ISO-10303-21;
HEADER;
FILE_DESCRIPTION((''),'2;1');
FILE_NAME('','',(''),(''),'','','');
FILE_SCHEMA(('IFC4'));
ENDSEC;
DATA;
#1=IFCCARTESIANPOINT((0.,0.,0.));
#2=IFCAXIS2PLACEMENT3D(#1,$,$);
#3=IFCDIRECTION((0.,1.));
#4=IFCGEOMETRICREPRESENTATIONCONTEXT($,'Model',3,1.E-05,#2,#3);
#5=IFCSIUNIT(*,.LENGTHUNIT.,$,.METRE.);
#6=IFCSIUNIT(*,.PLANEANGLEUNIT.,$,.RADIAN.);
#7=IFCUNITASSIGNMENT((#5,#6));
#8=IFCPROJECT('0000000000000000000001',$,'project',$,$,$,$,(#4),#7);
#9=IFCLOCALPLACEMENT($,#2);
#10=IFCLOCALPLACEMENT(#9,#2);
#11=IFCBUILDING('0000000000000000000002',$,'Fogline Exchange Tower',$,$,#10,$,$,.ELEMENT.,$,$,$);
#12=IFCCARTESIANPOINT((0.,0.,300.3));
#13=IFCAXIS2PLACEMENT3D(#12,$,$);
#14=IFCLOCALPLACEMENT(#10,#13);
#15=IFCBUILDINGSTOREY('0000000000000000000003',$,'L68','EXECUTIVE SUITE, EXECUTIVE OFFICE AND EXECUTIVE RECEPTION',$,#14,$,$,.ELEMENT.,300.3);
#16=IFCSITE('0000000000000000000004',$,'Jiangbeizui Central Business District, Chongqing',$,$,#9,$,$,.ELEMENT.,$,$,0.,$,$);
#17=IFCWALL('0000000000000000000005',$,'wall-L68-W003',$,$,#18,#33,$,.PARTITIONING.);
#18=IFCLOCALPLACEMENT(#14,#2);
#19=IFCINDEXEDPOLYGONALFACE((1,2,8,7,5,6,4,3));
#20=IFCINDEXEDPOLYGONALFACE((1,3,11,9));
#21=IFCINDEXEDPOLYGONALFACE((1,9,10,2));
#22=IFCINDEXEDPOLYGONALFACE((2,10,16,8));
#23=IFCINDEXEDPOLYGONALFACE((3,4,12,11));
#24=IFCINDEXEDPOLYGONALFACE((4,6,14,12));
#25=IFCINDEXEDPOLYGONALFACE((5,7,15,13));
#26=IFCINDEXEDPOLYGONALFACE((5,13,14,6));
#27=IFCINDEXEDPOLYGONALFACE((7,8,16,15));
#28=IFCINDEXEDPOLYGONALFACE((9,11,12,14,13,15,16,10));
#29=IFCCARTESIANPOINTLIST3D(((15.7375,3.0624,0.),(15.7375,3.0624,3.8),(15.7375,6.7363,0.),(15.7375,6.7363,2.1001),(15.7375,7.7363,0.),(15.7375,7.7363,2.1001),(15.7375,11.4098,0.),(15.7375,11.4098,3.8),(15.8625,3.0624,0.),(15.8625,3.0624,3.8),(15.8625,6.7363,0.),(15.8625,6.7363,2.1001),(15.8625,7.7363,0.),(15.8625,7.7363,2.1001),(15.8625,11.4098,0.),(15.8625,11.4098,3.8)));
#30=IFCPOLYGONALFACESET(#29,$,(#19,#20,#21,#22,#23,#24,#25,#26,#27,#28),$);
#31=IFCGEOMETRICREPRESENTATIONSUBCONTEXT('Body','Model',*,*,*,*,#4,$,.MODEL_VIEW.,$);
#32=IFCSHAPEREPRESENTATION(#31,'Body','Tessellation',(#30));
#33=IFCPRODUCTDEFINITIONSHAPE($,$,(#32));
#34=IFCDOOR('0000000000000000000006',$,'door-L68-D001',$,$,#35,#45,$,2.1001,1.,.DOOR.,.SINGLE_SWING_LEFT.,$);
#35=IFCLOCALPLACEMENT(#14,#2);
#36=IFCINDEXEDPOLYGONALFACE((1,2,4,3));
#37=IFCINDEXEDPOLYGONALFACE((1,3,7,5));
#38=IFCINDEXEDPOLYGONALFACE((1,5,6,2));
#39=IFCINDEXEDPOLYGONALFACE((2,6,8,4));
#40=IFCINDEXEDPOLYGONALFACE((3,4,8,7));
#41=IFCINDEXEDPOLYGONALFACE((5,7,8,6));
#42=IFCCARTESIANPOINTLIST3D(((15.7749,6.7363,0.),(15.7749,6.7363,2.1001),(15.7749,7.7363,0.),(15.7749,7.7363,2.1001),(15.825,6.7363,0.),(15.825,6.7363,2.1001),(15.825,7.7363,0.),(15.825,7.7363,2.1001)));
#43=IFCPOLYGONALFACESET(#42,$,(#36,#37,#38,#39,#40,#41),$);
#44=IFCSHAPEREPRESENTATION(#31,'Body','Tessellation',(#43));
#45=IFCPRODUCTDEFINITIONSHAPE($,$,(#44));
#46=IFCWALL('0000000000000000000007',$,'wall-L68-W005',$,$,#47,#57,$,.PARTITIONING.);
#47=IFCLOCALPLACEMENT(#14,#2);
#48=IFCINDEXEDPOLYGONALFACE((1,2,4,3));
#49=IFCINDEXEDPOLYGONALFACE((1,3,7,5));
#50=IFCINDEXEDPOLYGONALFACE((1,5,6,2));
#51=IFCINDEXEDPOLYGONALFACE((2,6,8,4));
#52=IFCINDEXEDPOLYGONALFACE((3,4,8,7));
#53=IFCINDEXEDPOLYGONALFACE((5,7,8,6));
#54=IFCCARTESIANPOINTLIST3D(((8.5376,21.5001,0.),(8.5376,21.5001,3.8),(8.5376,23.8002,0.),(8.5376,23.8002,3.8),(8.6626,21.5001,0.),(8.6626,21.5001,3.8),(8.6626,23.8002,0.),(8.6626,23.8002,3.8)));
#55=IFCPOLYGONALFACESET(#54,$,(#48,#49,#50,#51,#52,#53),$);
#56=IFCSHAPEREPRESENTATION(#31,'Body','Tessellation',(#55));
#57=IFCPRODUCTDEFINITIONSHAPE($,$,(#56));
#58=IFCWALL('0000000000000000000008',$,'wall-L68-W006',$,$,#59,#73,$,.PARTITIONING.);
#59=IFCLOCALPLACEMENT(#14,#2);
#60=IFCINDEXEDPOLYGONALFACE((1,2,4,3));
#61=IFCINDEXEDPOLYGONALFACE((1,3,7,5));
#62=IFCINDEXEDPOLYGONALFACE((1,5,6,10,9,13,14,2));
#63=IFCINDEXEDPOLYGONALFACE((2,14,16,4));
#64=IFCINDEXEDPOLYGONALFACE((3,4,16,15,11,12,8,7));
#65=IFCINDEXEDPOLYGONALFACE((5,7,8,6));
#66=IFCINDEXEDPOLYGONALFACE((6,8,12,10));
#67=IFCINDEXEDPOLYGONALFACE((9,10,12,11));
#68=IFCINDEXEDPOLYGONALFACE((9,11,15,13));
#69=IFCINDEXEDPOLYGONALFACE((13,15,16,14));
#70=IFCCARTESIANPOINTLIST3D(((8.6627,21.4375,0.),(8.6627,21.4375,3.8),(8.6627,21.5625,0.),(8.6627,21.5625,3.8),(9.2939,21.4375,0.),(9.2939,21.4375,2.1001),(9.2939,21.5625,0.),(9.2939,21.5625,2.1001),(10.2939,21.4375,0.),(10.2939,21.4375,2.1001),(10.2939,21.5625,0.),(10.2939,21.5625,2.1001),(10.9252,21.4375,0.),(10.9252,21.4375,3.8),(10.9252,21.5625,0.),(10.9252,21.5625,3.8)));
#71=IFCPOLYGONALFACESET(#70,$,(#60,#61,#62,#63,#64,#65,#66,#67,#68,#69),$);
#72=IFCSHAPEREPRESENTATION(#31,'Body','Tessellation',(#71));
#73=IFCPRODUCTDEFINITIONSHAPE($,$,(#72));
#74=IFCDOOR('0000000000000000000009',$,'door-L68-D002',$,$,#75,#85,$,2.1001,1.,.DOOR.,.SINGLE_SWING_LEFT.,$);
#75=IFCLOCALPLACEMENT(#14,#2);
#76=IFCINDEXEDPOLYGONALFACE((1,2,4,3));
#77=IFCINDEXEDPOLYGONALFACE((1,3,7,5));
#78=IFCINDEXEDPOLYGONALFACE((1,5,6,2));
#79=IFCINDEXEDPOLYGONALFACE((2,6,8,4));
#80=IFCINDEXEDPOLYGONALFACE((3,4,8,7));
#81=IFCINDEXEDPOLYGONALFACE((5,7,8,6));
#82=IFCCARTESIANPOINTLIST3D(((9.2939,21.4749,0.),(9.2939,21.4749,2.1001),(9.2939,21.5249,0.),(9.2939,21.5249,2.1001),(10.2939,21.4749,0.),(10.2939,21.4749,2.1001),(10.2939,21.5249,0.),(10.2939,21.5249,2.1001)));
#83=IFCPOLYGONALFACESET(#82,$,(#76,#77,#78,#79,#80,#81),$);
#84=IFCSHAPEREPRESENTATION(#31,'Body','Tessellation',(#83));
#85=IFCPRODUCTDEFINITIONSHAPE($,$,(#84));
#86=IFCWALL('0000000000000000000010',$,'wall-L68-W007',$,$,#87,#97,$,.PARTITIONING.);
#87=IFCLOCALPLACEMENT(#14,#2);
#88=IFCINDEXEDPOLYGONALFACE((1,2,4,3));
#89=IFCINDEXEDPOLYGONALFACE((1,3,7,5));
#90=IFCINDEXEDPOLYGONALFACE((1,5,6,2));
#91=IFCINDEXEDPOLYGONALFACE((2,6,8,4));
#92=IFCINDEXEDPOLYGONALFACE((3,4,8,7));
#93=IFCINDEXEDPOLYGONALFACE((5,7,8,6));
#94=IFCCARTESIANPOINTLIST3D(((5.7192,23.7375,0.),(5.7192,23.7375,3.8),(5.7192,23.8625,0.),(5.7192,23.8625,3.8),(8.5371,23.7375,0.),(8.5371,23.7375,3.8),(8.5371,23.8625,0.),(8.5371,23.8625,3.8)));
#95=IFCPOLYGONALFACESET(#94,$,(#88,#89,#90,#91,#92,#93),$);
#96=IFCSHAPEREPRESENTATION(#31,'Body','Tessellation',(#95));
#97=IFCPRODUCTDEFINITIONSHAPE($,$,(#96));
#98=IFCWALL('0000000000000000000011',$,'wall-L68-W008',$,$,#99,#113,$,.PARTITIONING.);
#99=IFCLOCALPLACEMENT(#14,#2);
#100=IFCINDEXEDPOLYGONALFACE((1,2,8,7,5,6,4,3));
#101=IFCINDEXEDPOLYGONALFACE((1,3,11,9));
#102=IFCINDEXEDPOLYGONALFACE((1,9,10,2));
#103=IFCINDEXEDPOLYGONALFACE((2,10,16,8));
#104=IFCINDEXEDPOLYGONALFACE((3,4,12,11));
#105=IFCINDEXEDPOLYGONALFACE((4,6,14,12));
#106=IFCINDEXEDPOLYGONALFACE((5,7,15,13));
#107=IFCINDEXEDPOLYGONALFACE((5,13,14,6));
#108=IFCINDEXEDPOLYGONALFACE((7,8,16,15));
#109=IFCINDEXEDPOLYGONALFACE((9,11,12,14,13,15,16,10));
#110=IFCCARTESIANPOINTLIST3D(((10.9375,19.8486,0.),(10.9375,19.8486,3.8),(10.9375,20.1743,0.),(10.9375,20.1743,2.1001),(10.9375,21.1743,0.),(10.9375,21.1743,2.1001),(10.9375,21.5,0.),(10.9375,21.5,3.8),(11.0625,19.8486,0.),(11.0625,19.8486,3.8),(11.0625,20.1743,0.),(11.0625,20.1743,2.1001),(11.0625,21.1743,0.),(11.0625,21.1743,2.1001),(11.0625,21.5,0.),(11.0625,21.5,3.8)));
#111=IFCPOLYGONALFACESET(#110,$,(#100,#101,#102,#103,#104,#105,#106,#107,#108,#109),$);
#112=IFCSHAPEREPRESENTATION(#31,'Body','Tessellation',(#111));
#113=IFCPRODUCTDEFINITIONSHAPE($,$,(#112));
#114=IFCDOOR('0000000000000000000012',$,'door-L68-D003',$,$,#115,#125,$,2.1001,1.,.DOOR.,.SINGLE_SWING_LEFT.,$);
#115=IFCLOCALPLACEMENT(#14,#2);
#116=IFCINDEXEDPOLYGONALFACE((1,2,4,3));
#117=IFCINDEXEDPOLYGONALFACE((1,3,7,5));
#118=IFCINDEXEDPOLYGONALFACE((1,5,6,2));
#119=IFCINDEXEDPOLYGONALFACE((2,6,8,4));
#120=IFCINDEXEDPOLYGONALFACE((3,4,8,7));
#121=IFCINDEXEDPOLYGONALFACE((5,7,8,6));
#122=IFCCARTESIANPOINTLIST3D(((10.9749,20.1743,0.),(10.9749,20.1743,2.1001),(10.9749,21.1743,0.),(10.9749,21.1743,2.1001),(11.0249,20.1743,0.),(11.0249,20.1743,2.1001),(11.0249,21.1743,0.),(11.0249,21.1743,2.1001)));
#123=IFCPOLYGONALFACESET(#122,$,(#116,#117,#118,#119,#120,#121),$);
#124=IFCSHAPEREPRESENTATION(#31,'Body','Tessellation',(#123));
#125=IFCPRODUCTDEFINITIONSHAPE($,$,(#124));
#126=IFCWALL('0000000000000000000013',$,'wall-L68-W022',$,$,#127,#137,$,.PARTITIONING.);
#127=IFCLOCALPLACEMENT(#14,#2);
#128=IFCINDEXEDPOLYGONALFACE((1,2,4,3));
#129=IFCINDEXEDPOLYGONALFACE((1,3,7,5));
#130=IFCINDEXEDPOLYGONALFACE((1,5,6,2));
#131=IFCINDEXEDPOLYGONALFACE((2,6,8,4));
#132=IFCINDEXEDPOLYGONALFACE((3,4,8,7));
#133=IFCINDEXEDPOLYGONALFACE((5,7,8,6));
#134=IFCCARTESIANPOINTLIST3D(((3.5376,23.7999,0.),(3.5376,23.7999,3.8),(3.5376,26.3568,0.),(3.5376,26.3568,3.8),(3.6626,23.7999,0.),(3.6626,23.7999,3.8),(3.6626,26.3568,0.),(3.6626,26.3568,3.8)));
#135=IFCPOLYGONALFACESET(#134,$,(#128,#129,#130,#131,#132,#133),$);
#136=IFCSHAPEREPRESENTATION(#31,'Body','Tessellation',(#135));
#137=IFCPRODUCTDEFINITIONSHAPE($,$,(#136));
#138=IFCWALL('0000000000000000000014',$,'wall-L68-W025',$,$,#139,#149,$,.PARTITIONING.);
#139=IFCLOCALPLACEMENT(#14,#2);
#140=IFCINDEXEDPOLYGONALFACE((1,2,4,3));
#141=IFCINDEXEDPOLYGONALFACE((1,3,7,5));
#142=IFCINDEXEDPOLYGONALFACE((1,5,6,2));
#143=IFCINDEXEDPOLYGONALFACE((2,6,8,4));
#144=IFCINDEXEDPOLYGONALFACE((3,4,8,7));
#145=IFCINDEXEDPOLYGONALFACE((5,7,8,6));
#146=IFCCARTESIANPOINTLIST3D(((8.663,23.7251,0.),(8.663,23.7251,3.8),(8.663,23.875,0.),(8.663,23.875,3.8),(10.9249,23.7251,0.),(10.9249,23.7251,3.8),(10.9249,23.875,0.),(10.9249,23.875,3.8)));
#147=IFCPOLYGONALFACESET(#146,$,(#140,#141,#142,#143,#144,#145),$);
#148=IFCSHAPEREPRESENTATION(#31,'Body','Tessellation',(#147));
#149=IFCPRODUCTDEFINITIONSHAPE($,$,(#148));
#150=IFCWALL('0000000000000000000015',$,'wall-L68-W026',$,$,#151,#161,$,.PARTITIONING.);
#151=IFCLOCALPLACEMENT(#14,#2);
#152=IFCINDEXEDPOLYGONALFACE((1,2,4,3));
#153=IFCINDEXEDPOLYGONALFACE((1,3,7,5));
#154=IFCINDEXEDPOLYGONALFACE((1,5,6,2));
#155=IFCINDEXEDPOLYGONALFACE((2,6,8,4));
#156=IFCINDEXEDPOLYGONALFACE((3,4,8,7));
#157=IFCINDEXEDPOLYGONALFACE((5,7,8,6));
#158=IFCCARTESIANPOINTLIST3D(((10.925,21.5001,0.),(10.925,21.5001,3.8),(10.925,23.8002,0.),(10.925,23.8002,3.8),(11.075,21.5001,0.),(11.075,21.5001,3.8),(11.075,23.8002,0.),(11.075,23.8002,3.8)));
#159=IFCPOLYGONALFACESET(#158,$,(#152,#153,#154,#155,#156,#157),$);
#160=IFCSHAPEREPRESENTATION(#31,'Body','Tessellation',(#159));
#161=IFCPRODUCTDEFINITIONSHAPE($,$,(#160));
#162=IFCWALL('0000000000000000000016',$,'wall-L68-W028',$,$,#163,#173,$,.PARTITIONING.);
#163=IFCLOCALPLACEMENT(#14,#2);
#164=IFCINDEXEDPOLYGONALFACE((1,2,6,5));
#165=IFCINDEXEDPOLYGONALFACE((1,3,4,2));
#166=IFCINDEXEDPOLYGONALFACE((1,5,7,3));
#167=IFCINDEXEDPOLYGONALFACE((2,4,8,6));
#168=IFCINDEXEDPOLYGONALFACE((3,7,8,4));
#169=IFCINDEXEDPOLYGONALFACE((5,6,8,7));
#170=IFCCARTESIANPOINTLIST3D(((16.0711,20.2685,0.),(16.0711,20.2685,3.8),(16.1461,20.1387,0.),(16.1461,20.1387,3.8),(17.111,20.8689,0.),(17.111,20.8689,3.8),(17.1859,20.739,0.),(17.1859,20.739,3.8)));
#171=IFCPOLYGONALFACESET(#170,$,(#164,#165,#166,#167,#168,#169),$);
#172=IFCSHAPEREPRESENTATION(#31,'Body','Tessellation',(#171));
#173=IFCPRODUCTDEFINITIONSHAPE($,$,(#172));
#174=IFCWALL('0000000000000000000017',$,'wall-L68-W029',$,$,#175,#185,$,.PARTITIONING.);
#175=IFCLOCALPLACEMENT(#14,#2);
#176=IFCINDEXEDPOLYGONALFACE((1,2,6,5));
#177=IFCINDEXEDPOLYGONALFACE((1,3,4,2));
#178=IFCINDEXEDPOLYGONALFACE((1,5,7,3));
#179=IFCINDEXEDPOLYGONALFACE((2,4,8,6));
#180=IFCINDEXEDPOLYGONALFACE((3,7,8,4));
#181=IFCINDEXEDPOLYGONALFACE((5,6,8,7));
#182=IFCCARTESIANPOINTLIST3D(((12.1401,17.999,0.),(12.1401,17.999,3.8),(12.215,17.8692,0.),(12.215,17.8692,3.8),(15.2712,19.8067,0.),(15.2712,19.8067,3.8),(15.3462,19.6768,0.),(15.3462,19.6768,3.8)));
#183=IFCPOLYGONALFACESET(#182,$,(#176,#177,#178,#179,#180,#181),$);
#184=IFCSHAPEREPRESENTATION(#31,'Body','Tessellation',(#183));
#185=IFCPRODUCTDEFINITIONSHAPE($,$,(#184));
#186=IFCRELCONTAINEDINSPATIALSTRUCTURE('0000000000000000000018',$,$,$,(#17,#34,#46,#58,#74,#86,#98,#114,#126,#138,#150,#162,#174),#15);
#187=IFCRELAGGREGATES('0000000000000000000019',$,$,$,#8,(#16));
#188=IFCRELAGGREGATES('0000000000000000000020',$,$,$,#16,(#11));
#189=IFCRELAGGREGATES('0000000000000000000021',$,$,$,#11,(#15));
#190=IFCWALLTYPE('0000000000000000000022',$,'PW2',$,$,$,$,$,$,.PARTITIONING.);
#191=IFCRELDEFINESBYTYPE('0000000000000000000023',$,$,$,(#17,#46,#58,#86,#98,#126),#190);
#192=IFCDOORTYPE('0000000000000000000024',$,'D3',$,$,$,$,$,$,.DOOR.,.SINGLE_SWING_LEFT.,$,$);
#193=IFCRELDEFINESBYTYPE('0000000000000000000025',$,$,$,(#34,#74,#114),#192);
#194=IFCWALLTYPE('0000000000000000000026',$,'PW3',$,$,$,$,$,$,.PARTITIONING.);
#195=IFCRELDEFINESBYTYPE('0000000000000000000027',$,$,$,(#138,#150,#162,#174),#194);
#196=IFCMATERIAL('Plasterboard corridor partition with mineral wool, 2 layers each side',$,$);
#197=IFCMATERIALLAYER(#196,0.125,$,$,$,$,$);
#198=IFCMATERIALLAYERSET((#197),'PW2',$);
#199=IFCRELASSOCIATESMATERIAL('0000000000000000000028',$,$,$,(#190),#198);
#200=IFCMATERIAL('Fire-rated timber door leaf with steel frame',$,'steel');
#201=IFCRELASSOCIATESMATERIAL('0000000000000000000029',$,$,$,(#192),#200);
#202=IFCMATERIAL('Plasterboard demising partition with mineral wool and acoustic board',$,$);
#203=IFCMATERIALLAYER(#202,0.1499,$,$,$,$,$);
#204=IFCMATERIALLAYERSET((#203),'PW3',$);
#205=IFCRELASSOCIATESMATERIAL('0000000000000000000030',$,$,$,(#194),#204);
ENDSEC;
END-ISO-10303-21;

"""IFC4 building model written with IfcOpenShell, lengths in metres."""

from ifc_helpers import new_model, si_unit, direction, frame, frame_2d, origin, place, context, subcontext, project, spatial, rectangle, extrude, material, layer, layer_set, type_object, element, fill, save


model = new_model("IFC4")

# Units and contexts
model_context = context("Model", 3, precision=1e-05, world=origin(), true_north=direction((0.0, 1.0)))
body_context = subcontext(model_context, "Body", "Model", "MODEL_VIEW")
ifc_project = project(units=[si_unit("LENGTHUNIT", "METRE"), si_unit("PLANEANGLEUNIT", "RADIAN")], contexts=[model_context])

# Site, building, storey
site_placement = place(None, origin())
site = spatial("IfcSite", under=ifc_project, at=site_placement, Name="Jiangbeizui Central Business District, Chongqing", CompositionType="ELEMENT", RefElevation=0.0)
building_placement = place(site_placement, origin())
building = spatial("IfcBuilding", under=site, at=building_placement, Name="Fogline Exchange Tower", CompositionType="ELEMENT")
storey_placement = place(building_placement, frame((0.0, 0.0, 300.3)))
storey = spatial("IfcBuildingStorey", under=building, at=storey_placement, Name="L68", Description="EXECUTIVE SUITE, EXECUTIVE OFFICE AND EXECUTIVE RECEPTION", CompositionType="ELEMENT", Elevation=300.3)

# Shared definitions
ifc_material_1 = material(Name="Plasterboard corridor partition with mineral wool, 2 layers each side")
ifc_layer_1 = layer(ifc_material_1, 0.125)
ifc_layer_set_1 = layer_set([ifc_layer_1], Name="PW2")
wall_type_1 = type_object("IfcWallType", Name="PW2", PredefinedType="PARTITIONING", material=ifc_layer_set_1)

# Wall, opening, door
wall_1_placement = place(storey_placement, frame((15.8, 11.4099, 0.0), z_axis=(0.0, 0.0, 1.0), x_axis=(0.0, -1.0, 0.0)))
wall_1 = element("IfcWall", 1, at=wall_1_placement, inside=storey, type_object=wall_type_1, Name="wall-L68-W003", PredefinedType="PARTITIONING", context=body_context, shape_type="SweptSolid", body=[
    extrude(rectangle(XDim=8.3474, YDim=0.125, at=frame_2d((4.1738, 0.0))), origin(), (0.0, 0.0, 1.0), 3.8),
])
opening_1_placement = place(wall_1_placement, frame((3.6736, 0.0, 0.0)))
opening_1 = element("IfcOpeningElement", 2, at=opening_1_placement, cuts=wall_1, PredefinedType="OPENING", context=body_context, shape_type="SweptSolid", body=[
    extrude(rectangle(XDim=1.0, YDim=2.1001, at=frame_2d((0.5, 1.05))), frame((0.0, 0.0725, 0.0), z_axis=(0.0, -1.0, 0.0), x_axis=(1.0, 0.0, 0.0)), (0.0, 0.0, 1.0), 0.145),
])
ifc_material_2 = material(Name="Fire-rated timber door leaf with steel frame", Category="steel")
door_type_1 = type_object("IfcDoorType", Name="D3", OperationType="SINGLE_SWING_LEFT", PredefinedType="DOOR", material=ifc_material_2)
door_1_placement = place(opening_1_placement, origin())
door_1 = element("IfcDoor", 3, at=door_1_placement, inside=storey, type_object=door_type_1, Name="door-L68-D001", OperationType="SINGLE_SWING_LEFT", OverallHeight=2.1001, OverallWidth=1.0, PredefinedType="DOOR", context=body_context, shape_type="SweptSolid", body=[
    extrude(rectangle(XDim=1.0, YDim=2.1001, at=frame_2d((0.5, 1.05))), frame((0.0, 0.0249, 0.0), z_axis=(0.0, -1.0, 0.0), x_axis=(1.0, 0.0, 0.0)), (0.0, 0.0, 1.0), 0.05),
])
fill(opening_1, door_1)

# Wall
wall_2_placement = place(storey_placement, frame((8.6001, 23.8, 0.0), z_axis=(0.0, 0.0, 1.0), x_axis=(0.0, -1.0, 0.0)))
element("IfcWall", 4, at=wall_2_placement, inside=storey, type_object=wall_type_1, Name="wall-L68-W005", PredefinedType="PARTITIONING", context=body_context, shape_type="SweptSolid", body=[
    extrude(rectangle(XDim=2.3, YDim=0.125, at=frame_2d((1.1499, 0.0))), origin(), (0.0, 0.0, 1.0), 3.8),
])

# Wall, opening, door
wall_3_placement = place(storey_placement, frame((8.6626, 21.5, 0.0), z_axis=(0.0, 0.0, 1.0), x_axis=(1.0, 0.0, 0.0)))
wall_3 = element("IfcWall", 5, at=wall_3_placement, inside=storey, type_object=wall_type_1, Name="wall-L68-W006", PredefinedType="PARTITIONING", context=body_context, shape_type="SweptSolid", body=[
    extrude(rectangle(XDim=2.2625, YDim=0.125, at=frame_2d((1.1313, 0.0))), origin(), (0.0, 0.0, 1.0), 3.8),
])
opening_2_placement = place(wall_3_placement, frame((0.6313, 0.0, 0.0)))
opening_2 = element("IfcOpeningElement", 6, at=opening_2_placement, cuts=wall_3, PredefinedType="OPENING", context=body_context, shape_type="SweptSolid", body=[
    extrude(rectangle(XDim=1.0, YDim=2.1001, at=frame_2d((0.5, 1.05))), frame((0.0, 0.0725, 0.0), z_axis=(0.0, -1.0, 0.0), x_axis=(1.0, 0.0, 0.0)), (0.0, 0.0, 1.0), 0.145),
])
door_2_placement = place(opening_2_placement, origin())
door_2 = element("IfcDoor", 7, at=door_2_placement, inside=storey, type_object=door_type_1, Name="door-L68-D002", OperationType="SINGLE_SWING_LEFT", OverallHeight=2.1001, OverallWidth=1.0, PredefinedType="DOOR", context=body_context, shape_type="SweptSolid", body=[
    extrude(rectangle(XDim=1.0, YDim=2.1001, at=frame_2d((0.5, 1.05))), frame((0.0, 0.0249, 0.0), z_axis=(0.0, -1.0, 0.0), x_axis=(1.0, 0.0, 0.0)), (0.0, 0.0, 1.0), 0.05),
])
fill(opening_2, door_2)

# Wall
wall_4_placement = place(storey_placement, frame((5.7192, 23.8, 0.0), z_axis=(0.0, 0.0, 1.0), x_axis=(1.0, 0.0, 0.0)))
element("IfcWall", 8, at=wall_4_placement, inside=storey, type_object=wall_type_1, Name="wall-L68-W007", PredefinedType="PARTITIONING", context=body_context, shape_type="SweptSolid", body=[
    extrude(rectangle(XDim=2.8179, YDim=0.125, at=frame_2d((1.4089, 0.0))), origin(), (0.0, 0.0, 1.0), 3.8),
])

# Wall, opening, door
wall_5_placement = place(storey_placement, frame((11.0, 21.5, 0.0), z_axis=(0.0, 0.0, 1.0), x_axis=(0.0, -1.0, 0.0)))
wall_5 = element("IfcWall", 9, at=wall_5_placement, inside=storey, type_object=wall_type_1, Name="wall-L68-W008", PredefinedType="PARTITIONING", context=body_context, shape_type="SweptSolid", body=[
    extrude(rectangle(XDim=1.6514, YDim=0.125, at=frame_2d((0.8257, 0.0))), origin(), (0.0, 0.0, 1.0), 3.8),
])
opening_3_placement = place(wall_5_placement, frame((0.3257, 0.0, 0.0)))
opening_3 = element("IfcOpeningElement", 10, at=opening_3_placement, cuts=wall_5, PredefinedType="OPENING", context=body_context, shape_type="SweptSolid", body=[
    extrude(rectangle(XDim=1.0, YDim=2.1001, at=frame_2d((0.5, 1.05))), frame((0.0, 0.0725, 0.0), z_axis=(0.0, -1.0, 0.0), x_axis=(1.0, 0.0, 0.0)), (0.0, 0.0, 1.0), 0.145),
])
door_3_placement = place(opening_3_placement, origin())
door_3 = element("IfcDoor", 11, at=door_3_placement, inside=storey, type_object=door_type_1, Name="door-L68-D003", OperationType="SINGLE_SWING_LEFT", OverallHeight=2.1001, OverallWidth=1.0, PredefinedType="DOOR", context=body_context, shape_type="SweptSolid", body=[
    extrude(rectangle(XDim=1.0, YDim=2.1001, at=frame_2d((0.5, 1.05))), frame((0.0, 0.0249, 0.0), z_axis=(0.0, -1.0, 0.0), x_axis=(1.0, 0.0, 0.0)), (0.0, 0.0, 1.0), 0.05),
])
fill(opening_3, door_3)

# Walls
wall_6_placement = place(storey_placement, frame((3.6001, 23.8, 0.0), z_axis=(0.0, 0.0, 1.0), x_axis=(0.0, 1.0, 0.0)))
element("IfcWall", 12, at=wall_6_placement, inside=storey, type_object=wall_type_1, Name="wall-L68-W022", PredefinedType="PARTITIONING", context=body_context, shape_type="SweptSolid", body=[
    extrude(rectangle(XDim=2.5569, YDim=0.125, at=frame_2d((1.2783, 0.0))), origin(), (0.0, 0.0, 1.0), 3.8),
])
ifc_material_3 = material(Name="Plasterboard demising partition with mineral wool and acoustic board")
ifc_layer_2 = layer(ifc_material_3, 0.1499)
ifc_layer_set_2 = layer_set([ifc_layer_2], Name="PW3")
wall_type_2 = type_object("IfcWallType", Name="PW3", PredefinedType="PARTITIONING", material=ifc_layer_set_2)
wall_7_placement = place(storey_placement, frame((8.6631, 23.8, 0.0), z_axis=(0.0, 0.0, 1.0), x_axis=(1.0, 0.0, 0.0)))
element("IfcWall", 13, at=wall_7_placement, inside=storey, type_object=wall_type_2, Name="wall-L68-W025", PredefinedType="PARTITIONING", context=body_context, shape_type="SweptSolid", body=[
    extrude(rectangle(XDim=2.262, YDim=0.1499, at=frame_2d((1.1309, 0.0))), origin(), (0.0, 0.0, 1.0), 3.8),
])
wall_8_placement = place(storey_placement, frame((11.0, 23.8, 0.0), z_axis=(0.0, 0.0, 1.0), x_axis=(0.0, -1.0, 0.0)))
element("IfcWall", 14, at=wall_8_placement, inside=storey, type_object=wall_type_2, Name="wall-L68-W026", PredefinedType="PARTITIONING", context=body_context, shape_type="SweptSolid", body=[
    extrude(rectangle(XDim=2.3, YDim=0.1499, at=frame_2d((1.1499, 0.0))), origin(), (0.0, 0.0, 1.0), 3.8),
])
wall_9_placement = place(storey_placement, frame((17.1484, 20.804, 0.0), z_axis=(0.0, 0.0, 1.0), x_axis=(-0.86602, -0.50001, 0.0)))
element("IfcWall", 15, at=wall_9_placement, inside=storey, type_object=wall_type_2, Name="wall-L68-W028", PredefinedType="PARTITIONING", context=body_context, shape_type="SweptSolid", body=[
    extrude(rectangle(XDim=1.2007, YDim=0.1499, at=frame_2d((0.6003, 0.0))), origin(), (0.0, 0.0, 1.0), 3.8),
])
wall_10_placement = place(storey_placement, frame((15.3086, 19.7417, 0.0), z_axis=(0.0, 0.0, 1.0), x_axis=(-0.866041, -0.499974, 0.0)))
element("IfcWall", 16, at=wall_10_placement, inside=storey, type_object=wall_type_2, Name="wall-L68-W029", PredefinedType="PARTITIONING", context=body_context, shape_type="SweptSolid", body=[
    extrude(rectangle(XDim=3.6155, YDim=0.1499, at=frame_2d((1.8076, 0.0))), origin(), (0.0, 0.0, 1.0), 3.8),
])

save(model, "model.ifc")
